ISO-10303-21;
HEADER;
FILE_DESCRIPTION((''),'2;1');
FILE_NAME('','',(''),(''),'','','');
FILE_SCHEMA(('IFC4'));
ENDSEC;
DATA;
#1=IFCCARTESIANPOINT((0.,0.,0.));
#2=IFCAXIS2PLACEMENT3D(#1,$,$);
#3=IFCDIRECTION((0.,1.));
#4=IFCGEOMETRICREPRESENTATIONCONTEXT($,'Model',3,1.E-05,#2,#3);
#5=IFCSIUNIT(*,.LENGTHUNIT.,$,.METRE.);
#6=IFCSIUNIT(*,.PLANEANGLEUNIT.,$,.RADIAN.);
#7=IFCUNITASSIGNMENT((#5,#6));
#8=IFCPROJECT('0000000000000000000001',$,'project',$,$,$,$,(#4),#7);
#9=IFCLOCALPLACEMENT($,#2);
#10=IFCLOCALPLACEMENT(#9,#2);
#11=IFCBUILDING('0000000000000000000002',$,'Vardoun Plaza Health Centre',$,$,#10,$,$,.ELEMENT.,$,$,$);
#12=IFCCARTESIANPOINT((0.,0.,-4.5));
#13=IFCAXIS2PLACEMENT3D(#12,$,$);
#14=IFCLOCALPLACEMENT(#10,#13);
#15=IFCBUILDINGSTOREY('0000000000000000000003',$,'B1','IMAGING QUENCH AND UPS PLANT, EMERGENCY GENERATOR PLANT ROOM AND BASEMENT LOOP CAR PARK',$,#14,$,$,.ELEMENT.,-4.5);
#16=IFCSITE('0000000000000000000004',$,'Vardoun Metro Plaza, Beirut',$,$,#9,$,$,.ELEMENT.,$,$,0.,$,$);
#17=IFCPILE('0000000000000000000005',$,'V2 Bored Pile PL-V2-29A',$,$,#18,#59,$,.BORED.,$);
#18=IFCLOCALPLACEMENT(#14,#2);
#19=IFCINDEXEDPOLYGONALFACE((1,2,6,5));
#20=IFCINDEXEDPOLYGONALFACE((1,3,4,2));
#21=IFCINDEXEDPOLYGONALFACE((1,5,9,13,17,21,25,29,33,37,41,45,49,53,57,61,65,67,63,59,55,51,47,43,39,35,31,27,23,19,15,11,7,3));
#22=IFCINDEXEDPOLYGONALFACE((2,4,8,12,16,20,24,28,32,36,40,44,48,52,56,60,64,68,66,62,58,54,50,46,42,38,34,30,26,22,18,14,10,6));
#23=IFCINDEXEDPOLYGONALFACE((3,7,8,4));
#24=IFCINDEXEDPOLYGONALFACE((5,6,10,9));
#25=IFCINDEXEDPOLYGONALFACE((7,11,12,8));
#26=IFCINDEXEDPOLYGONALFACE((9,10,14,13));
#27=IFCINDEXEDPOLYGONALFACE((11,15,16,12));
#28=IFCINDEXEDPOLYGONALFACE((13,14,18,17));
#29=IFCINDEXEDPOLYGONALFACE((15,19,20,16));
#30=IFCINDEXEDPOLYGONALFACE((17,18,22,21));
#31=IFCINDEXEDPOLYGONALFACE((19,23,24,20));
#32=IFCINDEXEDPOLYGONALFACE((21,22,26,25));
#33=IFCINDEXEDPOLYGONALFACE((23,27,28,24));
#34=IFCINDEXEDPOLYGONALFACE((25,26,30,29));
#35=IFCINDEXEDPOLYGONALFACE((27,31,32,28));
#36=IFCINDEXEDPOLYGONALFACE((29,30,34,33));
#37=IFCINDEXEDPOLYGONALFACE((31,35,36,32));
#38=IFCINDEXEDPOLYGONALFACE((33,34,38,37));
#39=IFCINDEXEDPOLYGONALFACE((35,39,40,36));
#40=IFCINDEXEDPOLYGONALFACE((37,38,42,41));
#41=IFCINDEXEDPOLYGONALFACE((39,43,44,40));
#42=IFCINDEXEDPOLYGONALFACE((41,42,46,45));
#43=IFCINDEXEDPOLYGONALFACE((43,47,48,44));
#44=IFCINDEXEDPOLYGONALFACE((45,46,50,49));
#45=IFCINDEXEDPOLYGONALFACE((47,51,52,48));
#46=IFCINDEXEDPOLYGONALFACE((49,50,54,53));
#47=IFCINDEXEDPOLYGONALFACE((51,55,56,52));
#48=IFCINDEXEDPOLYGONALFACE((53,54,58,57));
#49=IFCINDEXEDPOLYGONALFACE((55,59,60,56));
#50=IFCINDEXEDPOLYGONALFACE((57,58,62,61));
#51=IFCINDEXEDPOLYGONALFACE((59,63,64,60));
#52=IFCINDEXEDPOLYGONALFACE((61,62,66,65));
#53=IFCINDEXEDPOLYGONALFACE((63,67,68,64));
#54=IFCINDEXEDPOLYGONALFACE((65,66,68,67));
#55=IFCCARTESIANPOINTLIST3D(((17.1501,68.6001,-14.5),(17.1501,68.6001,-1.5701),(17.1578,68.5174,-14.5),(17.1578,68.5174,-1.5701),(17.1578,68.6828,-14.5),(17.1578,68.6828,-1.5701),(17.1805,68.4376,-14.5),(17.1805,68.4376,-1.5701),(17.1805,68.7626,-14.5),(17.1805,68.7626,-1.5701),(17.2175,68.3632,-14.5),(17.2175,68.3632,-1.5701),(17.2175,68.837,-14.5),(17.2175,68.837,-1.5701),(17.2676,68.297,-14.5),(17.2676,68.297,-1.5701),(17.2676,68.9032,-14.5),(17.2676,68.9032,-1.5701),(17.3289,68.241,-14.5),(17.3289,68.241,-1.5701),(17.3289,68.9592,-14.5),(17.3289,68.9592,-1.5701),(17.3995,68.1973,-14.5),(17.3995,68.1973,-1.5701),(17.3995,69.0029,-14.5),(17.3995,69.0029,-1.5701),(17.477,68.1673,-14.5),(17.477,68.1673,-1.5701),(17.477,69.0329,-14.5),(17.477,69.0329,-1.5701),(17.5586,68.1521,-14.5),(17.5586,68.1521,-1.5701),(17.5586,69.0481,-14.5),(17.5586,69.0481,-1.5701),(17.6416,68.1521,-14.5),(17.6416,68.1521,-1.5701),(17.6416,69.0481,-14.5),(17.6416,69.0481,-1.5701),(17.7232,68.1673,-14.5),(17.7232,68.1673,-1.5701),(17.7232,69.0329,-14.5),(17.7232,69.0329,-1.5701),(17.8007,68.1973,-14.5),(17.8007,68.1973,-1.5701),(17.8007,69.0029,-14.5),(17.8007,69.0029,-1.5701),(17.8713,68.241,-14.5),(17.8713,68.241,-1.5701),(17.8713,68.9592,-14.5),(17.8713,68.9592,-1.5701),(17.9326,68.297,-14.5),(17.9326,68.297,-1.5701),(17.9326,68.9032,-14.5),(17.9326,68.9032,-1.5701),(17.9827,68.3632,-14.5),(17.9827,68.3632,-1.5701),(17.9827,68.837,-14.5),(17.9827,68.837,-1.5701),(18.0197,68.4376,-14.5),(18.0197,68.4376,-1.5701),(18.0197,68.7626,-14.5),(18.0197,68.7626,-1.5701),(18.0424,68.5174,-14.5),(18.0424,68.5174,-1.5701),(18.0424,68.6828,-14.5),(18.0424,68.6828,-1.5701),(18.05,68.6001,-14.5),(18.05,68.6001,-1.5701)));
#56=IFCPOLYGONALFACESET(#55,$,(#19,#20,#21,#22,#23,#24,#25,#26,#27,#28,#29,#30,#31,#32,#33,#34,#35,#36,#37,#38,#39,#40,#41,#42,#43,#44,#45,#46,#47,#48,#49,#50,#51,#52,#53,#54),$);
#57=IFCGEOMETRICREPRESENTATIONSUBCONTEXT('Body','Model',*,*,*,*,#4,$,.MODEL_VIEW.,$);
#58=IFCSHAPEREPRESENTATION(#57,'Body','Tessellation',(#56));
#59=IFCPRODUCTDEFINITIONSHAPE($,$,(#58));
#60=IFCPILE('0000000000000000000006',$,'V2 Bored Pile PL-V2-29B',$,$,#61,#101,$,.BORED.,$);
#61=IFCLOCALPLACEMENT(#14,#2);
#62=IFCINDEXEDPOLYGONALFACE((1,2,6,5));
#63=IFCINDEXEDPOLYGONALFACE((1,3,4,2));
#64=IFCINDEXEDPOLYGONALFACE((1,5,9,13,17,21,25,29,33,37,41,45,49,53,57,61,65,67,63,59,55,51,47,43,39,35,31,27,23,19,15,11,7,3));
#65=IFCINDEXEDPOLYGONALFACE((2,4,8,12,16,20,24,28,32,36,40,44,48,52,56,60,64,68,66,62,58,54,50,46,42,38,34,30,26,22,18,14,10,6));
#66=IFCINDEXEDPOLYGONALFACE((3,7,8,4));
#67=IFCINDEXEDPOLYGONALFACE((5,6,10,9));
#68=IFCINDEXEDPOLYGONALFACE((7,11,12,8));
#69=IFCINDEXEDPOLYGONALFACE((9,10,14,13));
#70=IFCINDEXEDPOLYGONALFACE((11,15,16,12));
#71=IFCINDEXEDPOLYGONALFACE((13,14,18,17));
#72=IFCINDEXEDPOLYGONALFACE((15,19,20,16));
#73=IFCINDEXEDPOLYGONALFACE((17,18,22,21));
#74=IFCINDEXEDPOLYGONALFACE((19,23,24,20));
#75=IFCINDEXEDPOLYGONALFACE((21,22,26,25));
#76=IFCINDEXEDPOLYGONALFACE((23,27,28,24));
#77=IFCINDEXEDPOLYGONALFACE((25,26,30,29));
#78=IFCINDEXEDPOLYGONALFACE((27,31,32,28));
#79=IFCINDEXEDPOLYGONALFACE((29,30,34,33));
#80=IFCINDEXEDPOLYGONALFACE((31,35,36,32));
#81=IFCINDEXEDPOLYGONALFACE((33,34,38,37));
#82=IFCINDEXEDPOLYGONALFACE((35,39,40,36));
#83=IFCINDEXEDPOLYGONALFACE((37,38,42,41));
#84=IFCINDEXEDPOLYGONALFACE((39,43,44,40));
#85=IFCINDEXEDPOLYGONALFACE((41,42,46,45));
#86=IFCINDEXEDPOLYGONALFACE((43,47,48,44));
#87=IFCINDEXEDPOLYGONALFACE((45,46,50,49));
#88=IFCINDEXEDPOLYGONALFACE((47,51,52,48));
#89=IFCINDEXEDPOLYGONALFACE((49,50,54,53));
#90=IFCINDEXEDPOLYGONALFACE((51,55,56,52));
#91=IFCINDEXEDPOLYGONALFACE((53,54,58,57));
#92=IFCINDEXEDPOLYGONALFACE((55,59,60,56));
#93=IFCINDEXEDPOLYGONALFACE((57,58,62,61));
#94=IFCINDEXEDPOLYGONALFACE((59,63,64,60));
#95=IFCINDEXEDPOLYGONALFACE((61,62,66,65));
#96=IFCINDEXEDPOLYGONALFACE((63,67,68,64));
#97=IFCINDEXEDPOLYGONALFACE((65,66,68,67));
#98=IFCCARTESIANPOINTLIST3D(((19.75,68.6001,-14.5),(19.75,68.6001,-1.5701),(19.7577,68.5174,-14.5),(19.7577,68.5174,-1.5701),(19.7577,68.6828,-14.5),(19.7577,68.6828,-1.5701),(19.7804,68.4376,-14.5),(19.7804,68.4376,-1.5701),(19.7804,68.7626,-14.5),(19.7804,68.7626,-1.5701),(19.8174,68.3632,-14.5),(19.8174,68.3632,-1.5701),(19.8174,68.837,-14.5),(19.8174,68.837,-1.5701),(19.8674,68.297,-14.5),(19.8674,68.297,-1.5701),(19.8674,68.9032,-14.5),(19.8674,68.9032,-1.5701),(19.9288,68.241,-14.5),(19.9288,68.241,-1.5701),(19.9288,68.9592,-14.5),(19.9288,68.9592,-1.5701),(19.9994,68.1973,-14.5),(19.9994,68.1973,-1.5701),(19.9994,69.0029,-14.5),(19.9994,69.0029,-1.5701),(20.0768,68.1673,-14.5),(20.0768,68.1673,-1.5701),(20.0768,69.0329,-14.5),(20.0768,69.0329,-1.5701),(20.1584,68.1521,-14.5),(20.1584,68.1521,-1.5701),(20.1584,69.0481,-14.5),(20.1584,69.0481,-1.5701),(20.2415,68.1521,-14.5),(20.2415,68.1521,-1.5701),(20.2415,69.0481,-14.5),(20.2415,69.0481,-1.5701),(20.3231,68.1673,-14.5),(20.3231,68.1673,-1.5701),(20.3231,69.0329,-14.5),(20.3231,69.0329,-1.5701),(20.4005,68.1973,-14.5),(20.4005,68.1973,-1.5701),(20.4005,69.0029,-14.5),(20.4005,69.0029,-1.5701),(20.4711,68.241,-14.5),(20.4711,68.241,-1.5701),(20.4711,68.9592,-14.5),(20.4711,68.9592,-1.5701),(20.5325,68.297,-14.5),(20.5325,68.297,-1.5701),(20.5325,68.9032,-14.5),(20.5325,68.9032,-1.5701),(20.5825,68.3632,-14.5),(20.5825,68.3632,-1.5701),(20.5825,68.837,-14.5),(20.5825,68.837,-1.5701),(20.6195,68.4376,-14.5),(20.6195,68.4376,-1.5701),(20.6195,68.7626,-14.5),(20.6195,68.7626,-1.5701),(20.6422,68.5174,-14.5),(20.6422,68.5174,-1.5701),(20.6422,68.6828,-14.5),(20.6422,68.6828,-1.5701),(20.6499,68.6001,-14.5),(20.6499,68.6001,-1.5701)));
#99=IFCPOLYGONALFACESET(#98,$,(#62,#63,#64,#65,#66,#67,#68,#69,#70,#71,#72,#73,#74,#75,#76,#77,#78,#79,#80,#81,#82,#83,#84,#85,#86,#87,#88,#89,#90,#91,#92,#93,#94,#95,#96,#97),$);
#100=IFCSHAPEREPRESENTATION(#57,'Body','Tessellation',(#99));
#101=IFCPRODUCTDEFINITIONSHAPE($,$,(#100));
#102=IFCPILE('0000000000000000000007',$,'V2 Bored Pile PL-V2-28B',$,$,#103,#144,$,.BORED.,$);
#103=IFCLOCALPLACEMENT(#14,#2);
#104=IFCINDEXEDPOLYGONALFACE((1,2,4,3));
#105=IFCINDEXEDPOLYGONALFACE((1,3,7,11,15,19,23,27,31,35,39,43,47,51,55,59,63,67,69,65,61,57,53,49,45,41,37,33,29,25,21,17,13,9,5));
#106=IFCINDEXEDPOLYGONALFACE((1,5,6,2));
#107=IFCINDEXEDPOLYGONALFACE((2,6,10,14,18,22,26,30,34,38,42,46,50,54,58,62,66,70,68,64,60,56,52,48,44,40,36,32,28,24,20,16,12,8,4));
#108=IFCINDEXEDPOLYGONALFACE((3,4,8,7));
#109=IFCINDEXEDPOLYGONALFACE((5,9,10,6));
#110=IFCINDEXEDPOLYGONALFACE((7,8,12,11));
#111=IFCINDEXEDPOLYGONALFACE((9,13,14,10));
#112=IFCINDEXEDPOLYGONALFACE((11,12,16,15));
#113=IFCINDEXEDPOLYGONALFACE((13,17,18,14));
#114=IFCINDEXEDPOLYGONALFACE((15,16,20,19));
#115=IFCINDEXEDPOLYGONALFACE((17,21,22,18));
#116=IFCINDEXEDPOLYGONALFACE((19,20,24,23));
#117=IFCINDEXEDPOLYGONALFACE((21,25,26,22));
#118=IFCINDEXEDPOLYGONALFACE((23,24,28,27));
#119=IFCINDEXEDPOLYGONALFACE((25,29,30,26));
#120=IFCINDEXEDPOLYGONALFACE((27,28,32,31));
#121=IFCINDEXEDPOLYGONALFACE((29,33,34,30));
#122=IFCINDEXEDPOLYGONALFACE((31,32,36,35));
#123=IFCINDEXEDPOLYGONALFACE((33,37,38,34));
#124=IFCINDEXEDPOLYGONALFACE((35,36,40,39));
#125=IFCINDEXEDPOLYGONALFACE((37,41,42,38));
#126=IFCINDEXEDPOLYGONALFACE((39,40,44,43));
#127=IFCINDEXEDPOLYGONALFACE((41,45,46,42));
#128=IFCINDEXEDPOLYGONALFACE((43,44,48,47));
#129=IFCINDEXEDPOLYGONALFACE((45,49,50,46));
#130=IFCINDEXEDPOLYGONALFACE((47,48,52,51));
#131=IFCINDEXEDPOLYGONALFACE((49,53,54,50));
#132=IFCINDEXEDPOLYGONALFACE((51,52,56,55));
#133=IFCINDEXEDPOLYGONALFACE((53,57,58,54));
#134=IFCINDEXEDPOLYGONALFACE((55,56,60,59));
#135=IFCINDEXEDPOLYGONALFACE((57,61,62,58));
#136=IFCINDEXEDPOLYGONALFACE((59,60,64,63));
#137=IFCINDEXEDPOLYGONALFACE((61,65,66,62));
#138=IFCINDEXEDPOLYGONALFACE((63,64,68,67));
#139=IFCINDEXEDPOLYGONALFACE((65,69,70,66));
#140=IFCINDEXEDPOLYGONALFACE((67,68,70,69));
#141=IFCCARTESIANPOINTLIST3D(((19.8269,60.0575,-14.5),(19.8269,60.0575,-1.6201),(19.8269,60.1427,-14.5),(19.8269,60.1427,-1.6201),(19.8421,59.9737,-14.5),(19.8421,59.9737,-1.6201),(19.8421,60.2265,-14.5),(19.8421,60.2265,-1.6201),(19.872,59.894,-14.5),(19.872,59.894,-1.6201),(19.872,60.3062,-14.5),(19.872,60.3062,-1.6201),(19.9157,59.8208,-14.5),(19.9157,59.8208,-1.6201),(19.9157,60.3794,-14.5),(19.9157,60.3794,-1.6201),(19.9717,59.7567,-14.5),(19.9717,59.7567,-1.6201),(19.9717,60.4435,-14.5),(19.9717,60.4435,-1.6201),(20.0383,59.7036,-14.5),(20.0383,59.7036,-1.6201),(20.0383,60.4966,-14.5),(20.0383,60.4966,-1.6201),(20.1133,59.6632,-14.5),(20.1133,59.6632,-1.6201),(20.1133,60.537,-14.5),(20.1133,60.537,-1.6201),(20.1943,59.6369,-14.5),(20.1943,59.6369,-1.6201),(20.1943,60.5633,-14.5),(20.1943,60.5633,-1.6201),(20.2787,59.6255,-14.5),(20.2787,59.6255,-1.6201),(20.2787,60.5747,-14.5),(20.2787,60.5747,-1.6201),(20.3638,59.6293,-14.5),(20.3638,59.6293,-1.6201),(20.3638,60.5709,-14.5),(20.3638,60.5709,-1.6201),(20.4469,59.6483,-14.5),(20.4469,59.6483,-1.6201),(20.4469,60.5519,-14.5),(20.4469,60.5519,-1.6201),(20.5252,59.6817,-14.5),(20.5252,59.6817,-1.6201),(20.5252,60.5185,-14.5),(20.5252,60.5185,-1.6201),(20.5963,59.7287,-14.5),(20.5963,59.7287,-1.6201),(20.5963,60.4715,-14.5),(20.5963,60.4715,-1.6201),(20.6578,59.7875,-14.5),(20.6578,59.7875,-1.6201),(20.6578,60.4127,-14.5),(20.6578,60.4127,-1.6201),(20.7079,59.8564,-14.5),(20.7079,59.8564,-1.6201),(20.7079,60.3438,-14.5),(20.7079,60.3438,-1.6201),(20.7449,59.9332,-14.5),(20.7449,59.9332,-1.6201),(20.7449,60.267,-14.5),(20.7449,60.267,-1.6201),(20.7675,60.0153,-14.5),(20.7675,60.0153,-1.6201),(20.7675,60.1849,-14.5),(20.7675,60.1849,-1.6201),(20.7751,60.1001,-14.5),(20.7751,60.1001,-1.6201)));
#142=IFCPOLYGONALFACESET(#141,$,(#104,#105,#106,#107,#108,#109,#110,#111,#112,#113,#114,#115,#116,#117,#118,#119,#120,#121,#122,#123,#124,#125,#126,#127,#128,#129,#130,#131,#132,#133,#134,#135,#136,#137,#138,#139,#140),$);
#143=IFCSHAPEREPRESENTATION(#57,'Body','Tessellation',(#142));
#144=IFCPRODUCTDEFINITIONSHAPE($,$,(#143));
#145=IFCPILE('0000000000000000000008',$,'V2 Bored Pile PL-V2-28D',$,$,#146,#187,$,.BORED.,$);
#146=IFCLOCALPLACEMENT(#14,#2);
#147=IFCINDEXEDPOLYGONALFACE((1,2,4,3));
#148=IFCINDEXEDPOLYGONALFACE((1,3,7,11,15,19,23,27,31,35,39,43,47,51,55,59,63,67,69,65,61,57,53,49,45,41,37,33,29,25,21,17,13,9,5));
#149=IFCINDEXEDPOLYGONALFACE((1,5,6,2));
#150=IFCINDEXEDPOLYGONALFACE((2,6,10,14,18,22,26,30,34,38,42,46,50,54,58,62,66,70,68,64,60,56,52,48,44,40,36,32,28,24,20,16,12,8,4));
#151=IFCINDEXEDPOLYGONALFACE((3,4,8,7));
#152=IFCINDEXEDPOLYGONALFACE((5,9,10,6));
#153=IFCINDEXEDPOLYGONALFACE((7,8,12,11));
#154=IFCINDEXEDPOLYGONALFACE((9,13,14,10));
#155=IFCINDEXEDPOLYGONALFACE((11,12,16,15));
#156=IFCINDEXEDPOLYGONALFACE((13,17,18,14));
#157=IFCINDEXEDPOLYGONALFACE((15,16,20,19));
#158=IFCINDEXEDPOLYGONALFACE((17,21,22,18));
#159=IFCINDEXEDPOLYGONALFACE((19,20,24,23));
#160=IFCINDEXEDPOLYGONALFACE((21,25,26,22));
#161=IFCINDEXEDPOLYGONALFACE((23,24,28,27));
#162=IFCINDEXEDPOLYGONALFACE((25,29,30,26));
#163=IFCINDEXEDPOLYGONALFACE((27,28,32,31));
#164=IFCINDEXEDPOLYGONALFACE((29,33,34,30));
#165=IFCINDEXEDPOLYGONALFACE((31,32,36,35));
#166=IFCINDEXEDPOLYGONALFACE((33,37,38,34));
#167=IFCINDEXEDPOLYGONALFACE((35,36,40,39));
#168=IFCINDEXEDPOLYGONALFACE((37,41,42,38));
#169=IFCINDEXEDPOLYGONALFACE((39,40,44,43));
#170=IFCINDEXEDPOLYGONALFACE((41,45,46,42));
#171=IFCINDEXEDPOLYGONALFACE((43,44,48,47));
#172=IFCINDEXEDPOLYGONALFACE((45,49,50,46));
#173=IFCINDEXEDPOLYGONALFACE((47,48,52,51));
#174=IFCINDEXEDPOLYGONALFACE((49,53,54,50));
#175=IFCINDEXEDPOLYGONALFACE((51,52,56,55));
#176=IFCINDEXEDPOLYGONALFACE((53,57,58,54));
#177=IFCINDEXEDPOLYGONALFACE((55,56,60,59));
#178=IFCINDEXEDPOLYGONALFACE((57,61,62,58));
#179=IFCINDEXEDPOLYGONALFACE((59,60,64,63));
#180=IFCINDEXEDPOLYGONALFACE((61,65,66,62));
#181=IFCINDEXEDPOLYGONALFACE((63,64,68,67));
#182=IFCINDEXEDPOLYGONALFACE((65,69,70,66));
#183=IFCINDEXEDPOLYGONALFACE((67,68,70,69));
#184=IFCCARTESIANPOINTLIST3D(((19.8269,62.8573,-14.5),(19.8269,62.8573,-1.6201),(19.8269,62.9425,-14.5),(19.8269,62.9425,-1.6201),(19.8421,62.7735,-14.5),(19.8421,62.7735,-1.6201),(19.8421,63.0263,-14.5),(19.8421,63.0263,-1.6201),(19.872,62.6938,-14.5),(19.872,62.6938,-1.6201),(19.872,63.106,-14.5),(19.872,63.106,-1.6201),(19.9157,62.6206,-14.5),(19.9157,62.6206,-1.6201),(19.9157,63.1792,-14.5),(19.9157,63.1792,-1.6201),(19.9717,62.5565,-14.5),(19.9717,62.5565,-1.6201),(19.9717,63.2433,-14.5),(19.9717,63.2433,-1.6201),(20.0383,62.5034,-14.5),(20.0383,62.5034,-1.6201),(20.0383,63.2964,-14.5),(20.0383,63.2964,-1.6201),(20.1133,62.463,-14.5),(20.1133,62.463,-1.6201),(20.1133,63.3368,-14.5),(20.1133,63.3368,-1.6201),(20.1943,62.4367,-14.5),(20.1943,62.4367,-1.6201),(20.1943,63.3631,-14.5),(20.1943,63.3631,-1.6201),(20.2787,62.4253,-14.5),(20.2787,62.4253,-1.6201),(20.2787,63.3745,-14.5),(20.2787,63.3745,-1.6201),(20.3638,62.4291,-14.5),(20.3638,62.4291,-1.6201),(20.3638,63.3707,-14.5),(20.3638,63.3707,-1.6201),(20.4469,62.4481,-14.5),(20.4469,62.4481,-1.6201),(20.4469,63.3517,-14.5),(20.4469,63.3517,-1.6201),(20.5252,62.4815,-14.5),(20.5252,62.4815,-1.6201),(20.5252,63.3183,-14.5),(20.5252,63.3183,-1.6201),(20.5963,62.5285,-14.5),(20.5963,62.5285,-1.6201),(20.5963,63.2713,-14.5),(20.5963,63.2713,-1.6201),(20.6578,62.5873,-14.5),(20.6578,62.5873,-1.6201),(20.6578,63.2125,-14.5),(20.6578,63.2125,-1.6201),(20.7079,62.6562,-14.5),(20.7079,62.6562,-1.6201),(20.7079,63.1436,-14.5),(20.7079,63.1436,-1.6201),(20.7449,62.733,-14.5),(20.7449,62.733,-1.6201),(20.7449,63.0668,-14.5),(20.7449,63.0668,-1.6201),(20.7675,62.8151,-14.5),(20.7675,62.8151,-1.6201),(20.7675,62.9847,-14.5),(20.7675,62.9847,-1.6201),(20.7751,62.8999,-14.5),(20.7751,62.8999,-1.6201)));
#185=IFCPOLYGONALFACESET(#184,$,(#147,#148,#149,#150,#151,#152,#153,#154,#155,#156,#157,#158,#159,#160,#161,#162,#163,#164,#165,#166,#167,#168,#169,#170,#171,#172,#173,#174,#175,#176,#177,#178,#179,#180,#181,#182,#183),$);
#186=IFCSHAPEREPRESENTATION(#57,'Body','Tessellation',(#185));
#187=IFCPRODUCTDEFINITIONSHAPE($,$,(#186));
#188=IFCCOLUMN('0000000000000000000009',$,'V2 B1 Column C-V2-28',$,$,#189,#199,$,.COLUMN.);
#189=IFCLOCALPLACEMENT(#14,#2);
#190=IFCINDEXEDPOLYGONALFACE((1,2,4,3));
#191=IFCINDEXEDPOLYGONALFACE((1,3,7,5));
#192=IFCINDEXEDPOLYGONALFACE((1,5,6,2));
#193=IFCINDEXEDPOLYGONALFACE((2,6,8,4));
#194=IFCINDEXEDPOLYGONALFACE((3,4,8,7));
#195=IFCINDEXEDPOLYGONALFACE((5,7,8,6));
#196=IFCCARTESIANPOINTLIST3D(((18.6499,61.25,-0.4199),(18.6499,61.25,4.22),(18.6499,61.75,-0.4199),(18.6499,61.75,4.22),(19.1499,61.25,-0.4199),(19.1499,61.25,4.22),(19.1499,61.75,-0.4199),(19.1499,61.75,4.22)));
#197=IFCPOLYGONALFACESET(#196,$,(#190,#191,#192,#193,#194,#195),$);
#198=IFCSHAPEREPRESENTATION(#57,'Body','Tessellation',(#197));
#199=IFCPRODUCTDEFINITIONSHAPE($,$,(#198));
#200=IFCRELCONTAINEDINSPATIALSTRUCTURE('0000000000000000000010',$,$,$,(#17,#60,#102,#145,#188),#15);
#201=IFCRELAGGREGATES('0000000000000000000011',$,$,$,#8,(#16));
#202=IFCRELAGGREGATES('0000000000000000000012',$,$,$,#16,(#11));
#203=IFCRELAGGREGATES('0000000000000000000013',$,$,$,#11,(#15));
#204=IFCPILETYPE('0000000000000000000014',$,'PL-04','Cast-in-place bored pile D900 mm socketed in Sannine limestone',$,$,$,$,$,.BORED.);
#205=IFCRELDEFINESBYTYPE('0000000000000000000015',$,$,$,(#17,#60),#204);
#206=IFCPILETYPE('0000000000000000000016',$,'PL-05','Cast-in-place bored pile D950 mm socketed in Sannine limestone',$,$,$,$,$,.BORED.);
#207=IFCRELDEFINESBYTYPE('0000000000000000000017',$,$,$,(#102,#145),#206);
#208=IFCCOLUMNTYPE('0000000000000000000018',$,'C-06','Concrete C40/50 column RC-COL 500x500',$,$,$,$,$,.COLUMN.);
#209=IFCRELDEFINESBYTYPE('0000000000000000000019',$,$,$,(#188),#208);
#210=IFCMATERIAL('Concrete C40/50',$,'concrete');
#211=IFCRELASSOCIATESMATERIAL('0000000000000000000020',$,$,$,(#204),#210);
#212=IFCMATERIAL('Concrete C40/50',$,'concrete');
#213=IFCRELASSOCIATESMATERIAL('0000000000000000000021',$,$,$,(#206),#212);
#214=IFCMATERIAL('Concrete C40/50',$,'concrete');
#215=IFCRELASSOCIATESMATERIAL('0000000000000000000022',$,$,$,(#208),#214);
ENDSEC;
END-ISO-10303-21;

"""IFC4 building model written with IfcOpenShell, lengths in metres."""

from ifc_helpers import new_model, si_unit, direction, frame, origin, origin_2d, place, context, subcontext, project, spatial, rectangle, circle, extrude, material, material_profile, profile_set, type_object, element, save


model = new_model("IFC4")

# Units and contexts
model_context = context("Model", 3, precision=1e-05, world=origin(), true_north=direction((0.0, 1.0)))
body_context = subcontext(model_context, "Body", "Model", "MODEL_VIEW")
ifc_project = project(units=[si_unit("LENGTHUNIT", "METRE"), si_unit("PLANEANGLEUNIT", "RADIAN")], contexts=[model_context])

# Site, building, storey
site_placement = place(None, origin())
site = spatial("IfcSite", under=ifc_project, at=site_placement, Name="Vardoun Metro Plaza, Beirut", CompositionType="ELEMENT", RefElevation=0.0)
building_placement = place(site_placement, origin())
building = spatial("IfcBuilding", under=site, at=building_placement, Name="Vardoun Plaza Health Centre", CompositionType="ELEMENT")
storey_placement = place(building_placement, frame((0.0, 0.0, -4.5)))
storey = spatial("IfcBuildingStorey", under=building, at=storey_placement, Name="B1", Description="IMAGING QUENCH AND UPS PLANT, EMERGENCY GENERATOR PLANT ROOM AND BASEMENT LOOP CAR PARK", CompositionType="ELEMENT", Elevation=-4.5)

# Piles
ifc_material_1 = material(Name="Concrete C40/50", Category="concrete")
ifc_material_profile_1 = material_profile(ifc_material_1, circle(Radius=0.45, at=origin_2d()), Name="PILE D900")
ifc_profile_set_1 = profile_set([ifc_material_profile_1], Name="Concrete C40/50")
pile_type_1 = type_object("IfcPileType", Name="PL-04", Description="Cast-in-place bored pile D900 mm socketed in Sannine limestone", PredefinedType="BORED", material=ifc_profile_set_1)
for number, where, z_axis, x_axis, name in (
    (1, (17.6001, 68.6001, -1.5701), (0.0, 0.0, -1.0), (1.0, 0.0, 0.0), "V2 Bored Pile PL-V2-29A"),
    (2, (20.2, 68.6001, -1.5701), (0.0, 0.0, -1.0), (1.0, 0.0, 0.0), "V2 Bored Pile PL-V2-29B"),
):
    element("IfcPile", number, at=place(storey_placement, frame(where, z_axis=z_axis, x_axis=x_axis)), inside=storey, type_object=pile_type_1, Name=name, PredefinedType="BORED", context=body_context, shape_type="SweptSolid", body=[
        extrude(circle(Radius=0.45, at=origin_2d()), origin(), (0.0, 0.0, 1.0), 12.9299),
    ])
ifc_material_2 = material(Name="Concrete C40/50", Category="concrete")
ifc_material_profile_2 = material_profile(ifc_material_2, circle(Radius=0.4751, at=origin_2d()), Name="PILE D950")
ifc_profile_set_2 = profile_set([ifc_material_profile_2], Name="Concrete C40/50")
pile_type_2 = type_object("IfcPileType", Name="PL-05", Description="Cast-in-place bored pile D950 mm socketed in Sannine limestone", PredefinedType="BORED", material=ifc_profile_set_2)
for number, where, z_axis, x_axis, name in (
    (3, (20.3, 60.1001, -1.6201), (0.0, 0.0, -1.0), (1.0, 0.0, 0.0), "V2 Bored Pile PL-V2-28B"),
    (4, (20.3, 62.8999, -1.6201), (0.0, 0.0, -1.0), (1.0, 0.0, 0.0), "V2 Bored Pile PL-V2-28D"),
):
    element("IfcPile", number, at=place(storey_placement, frame(where, z_axis=z_axis, x_axis=x_axis)), inside=storey, type_object=pile_type_2, Name=name, PredefinedType="BORED", context=body_context, shape_type="SweptSolid", body=[
        extrude(circle(Radius=0.4751, at=origin_2d()), origin(), (0.0, 0.0, 1.0), 12.8799),
    ])

# Column
ifc_material_3 = material(Name="Concrete C40/50", Category="concrete")
ifc_material_profile_3 = material_profile(ifc_material_3, rectangle(XDim=0.5, YDim=0.5, at=origin_2d()), Name="RC-COL 500x500")
ifc_profile_set_3 = profile_set([ifc_material_profile_3], Name="Concrete C40/50")
column_type_1 = type_object("IfcColumnType", Name="C-06", Description="Concrete C40/50 column RC-COL 500x500", PredefinedType="COLUMN", material=ifc_profile_set_3)
column_1_placement = place(storey_placement, frame((18.8999, 61.5, -0.4199), z_axis=(0.0, 0.0, 1.0), x_axis=(1.0, 0.0, 0.0)))
element("IfcColumn", 5, at=column_1_placement, inside=storey, type_object=column_type_1, Name="V2 B1 Column C-V2-28", PredefinedType="COLUMN", context=body_context, shape_type="SweptSolid", body=[
    extrude(rectangle(XDim=0.5, YDim=0.5, at=origin_2d()), origin(), (0.0, 0.0, 1.0), 4.6399),
])

save(model, "model.ifc")
